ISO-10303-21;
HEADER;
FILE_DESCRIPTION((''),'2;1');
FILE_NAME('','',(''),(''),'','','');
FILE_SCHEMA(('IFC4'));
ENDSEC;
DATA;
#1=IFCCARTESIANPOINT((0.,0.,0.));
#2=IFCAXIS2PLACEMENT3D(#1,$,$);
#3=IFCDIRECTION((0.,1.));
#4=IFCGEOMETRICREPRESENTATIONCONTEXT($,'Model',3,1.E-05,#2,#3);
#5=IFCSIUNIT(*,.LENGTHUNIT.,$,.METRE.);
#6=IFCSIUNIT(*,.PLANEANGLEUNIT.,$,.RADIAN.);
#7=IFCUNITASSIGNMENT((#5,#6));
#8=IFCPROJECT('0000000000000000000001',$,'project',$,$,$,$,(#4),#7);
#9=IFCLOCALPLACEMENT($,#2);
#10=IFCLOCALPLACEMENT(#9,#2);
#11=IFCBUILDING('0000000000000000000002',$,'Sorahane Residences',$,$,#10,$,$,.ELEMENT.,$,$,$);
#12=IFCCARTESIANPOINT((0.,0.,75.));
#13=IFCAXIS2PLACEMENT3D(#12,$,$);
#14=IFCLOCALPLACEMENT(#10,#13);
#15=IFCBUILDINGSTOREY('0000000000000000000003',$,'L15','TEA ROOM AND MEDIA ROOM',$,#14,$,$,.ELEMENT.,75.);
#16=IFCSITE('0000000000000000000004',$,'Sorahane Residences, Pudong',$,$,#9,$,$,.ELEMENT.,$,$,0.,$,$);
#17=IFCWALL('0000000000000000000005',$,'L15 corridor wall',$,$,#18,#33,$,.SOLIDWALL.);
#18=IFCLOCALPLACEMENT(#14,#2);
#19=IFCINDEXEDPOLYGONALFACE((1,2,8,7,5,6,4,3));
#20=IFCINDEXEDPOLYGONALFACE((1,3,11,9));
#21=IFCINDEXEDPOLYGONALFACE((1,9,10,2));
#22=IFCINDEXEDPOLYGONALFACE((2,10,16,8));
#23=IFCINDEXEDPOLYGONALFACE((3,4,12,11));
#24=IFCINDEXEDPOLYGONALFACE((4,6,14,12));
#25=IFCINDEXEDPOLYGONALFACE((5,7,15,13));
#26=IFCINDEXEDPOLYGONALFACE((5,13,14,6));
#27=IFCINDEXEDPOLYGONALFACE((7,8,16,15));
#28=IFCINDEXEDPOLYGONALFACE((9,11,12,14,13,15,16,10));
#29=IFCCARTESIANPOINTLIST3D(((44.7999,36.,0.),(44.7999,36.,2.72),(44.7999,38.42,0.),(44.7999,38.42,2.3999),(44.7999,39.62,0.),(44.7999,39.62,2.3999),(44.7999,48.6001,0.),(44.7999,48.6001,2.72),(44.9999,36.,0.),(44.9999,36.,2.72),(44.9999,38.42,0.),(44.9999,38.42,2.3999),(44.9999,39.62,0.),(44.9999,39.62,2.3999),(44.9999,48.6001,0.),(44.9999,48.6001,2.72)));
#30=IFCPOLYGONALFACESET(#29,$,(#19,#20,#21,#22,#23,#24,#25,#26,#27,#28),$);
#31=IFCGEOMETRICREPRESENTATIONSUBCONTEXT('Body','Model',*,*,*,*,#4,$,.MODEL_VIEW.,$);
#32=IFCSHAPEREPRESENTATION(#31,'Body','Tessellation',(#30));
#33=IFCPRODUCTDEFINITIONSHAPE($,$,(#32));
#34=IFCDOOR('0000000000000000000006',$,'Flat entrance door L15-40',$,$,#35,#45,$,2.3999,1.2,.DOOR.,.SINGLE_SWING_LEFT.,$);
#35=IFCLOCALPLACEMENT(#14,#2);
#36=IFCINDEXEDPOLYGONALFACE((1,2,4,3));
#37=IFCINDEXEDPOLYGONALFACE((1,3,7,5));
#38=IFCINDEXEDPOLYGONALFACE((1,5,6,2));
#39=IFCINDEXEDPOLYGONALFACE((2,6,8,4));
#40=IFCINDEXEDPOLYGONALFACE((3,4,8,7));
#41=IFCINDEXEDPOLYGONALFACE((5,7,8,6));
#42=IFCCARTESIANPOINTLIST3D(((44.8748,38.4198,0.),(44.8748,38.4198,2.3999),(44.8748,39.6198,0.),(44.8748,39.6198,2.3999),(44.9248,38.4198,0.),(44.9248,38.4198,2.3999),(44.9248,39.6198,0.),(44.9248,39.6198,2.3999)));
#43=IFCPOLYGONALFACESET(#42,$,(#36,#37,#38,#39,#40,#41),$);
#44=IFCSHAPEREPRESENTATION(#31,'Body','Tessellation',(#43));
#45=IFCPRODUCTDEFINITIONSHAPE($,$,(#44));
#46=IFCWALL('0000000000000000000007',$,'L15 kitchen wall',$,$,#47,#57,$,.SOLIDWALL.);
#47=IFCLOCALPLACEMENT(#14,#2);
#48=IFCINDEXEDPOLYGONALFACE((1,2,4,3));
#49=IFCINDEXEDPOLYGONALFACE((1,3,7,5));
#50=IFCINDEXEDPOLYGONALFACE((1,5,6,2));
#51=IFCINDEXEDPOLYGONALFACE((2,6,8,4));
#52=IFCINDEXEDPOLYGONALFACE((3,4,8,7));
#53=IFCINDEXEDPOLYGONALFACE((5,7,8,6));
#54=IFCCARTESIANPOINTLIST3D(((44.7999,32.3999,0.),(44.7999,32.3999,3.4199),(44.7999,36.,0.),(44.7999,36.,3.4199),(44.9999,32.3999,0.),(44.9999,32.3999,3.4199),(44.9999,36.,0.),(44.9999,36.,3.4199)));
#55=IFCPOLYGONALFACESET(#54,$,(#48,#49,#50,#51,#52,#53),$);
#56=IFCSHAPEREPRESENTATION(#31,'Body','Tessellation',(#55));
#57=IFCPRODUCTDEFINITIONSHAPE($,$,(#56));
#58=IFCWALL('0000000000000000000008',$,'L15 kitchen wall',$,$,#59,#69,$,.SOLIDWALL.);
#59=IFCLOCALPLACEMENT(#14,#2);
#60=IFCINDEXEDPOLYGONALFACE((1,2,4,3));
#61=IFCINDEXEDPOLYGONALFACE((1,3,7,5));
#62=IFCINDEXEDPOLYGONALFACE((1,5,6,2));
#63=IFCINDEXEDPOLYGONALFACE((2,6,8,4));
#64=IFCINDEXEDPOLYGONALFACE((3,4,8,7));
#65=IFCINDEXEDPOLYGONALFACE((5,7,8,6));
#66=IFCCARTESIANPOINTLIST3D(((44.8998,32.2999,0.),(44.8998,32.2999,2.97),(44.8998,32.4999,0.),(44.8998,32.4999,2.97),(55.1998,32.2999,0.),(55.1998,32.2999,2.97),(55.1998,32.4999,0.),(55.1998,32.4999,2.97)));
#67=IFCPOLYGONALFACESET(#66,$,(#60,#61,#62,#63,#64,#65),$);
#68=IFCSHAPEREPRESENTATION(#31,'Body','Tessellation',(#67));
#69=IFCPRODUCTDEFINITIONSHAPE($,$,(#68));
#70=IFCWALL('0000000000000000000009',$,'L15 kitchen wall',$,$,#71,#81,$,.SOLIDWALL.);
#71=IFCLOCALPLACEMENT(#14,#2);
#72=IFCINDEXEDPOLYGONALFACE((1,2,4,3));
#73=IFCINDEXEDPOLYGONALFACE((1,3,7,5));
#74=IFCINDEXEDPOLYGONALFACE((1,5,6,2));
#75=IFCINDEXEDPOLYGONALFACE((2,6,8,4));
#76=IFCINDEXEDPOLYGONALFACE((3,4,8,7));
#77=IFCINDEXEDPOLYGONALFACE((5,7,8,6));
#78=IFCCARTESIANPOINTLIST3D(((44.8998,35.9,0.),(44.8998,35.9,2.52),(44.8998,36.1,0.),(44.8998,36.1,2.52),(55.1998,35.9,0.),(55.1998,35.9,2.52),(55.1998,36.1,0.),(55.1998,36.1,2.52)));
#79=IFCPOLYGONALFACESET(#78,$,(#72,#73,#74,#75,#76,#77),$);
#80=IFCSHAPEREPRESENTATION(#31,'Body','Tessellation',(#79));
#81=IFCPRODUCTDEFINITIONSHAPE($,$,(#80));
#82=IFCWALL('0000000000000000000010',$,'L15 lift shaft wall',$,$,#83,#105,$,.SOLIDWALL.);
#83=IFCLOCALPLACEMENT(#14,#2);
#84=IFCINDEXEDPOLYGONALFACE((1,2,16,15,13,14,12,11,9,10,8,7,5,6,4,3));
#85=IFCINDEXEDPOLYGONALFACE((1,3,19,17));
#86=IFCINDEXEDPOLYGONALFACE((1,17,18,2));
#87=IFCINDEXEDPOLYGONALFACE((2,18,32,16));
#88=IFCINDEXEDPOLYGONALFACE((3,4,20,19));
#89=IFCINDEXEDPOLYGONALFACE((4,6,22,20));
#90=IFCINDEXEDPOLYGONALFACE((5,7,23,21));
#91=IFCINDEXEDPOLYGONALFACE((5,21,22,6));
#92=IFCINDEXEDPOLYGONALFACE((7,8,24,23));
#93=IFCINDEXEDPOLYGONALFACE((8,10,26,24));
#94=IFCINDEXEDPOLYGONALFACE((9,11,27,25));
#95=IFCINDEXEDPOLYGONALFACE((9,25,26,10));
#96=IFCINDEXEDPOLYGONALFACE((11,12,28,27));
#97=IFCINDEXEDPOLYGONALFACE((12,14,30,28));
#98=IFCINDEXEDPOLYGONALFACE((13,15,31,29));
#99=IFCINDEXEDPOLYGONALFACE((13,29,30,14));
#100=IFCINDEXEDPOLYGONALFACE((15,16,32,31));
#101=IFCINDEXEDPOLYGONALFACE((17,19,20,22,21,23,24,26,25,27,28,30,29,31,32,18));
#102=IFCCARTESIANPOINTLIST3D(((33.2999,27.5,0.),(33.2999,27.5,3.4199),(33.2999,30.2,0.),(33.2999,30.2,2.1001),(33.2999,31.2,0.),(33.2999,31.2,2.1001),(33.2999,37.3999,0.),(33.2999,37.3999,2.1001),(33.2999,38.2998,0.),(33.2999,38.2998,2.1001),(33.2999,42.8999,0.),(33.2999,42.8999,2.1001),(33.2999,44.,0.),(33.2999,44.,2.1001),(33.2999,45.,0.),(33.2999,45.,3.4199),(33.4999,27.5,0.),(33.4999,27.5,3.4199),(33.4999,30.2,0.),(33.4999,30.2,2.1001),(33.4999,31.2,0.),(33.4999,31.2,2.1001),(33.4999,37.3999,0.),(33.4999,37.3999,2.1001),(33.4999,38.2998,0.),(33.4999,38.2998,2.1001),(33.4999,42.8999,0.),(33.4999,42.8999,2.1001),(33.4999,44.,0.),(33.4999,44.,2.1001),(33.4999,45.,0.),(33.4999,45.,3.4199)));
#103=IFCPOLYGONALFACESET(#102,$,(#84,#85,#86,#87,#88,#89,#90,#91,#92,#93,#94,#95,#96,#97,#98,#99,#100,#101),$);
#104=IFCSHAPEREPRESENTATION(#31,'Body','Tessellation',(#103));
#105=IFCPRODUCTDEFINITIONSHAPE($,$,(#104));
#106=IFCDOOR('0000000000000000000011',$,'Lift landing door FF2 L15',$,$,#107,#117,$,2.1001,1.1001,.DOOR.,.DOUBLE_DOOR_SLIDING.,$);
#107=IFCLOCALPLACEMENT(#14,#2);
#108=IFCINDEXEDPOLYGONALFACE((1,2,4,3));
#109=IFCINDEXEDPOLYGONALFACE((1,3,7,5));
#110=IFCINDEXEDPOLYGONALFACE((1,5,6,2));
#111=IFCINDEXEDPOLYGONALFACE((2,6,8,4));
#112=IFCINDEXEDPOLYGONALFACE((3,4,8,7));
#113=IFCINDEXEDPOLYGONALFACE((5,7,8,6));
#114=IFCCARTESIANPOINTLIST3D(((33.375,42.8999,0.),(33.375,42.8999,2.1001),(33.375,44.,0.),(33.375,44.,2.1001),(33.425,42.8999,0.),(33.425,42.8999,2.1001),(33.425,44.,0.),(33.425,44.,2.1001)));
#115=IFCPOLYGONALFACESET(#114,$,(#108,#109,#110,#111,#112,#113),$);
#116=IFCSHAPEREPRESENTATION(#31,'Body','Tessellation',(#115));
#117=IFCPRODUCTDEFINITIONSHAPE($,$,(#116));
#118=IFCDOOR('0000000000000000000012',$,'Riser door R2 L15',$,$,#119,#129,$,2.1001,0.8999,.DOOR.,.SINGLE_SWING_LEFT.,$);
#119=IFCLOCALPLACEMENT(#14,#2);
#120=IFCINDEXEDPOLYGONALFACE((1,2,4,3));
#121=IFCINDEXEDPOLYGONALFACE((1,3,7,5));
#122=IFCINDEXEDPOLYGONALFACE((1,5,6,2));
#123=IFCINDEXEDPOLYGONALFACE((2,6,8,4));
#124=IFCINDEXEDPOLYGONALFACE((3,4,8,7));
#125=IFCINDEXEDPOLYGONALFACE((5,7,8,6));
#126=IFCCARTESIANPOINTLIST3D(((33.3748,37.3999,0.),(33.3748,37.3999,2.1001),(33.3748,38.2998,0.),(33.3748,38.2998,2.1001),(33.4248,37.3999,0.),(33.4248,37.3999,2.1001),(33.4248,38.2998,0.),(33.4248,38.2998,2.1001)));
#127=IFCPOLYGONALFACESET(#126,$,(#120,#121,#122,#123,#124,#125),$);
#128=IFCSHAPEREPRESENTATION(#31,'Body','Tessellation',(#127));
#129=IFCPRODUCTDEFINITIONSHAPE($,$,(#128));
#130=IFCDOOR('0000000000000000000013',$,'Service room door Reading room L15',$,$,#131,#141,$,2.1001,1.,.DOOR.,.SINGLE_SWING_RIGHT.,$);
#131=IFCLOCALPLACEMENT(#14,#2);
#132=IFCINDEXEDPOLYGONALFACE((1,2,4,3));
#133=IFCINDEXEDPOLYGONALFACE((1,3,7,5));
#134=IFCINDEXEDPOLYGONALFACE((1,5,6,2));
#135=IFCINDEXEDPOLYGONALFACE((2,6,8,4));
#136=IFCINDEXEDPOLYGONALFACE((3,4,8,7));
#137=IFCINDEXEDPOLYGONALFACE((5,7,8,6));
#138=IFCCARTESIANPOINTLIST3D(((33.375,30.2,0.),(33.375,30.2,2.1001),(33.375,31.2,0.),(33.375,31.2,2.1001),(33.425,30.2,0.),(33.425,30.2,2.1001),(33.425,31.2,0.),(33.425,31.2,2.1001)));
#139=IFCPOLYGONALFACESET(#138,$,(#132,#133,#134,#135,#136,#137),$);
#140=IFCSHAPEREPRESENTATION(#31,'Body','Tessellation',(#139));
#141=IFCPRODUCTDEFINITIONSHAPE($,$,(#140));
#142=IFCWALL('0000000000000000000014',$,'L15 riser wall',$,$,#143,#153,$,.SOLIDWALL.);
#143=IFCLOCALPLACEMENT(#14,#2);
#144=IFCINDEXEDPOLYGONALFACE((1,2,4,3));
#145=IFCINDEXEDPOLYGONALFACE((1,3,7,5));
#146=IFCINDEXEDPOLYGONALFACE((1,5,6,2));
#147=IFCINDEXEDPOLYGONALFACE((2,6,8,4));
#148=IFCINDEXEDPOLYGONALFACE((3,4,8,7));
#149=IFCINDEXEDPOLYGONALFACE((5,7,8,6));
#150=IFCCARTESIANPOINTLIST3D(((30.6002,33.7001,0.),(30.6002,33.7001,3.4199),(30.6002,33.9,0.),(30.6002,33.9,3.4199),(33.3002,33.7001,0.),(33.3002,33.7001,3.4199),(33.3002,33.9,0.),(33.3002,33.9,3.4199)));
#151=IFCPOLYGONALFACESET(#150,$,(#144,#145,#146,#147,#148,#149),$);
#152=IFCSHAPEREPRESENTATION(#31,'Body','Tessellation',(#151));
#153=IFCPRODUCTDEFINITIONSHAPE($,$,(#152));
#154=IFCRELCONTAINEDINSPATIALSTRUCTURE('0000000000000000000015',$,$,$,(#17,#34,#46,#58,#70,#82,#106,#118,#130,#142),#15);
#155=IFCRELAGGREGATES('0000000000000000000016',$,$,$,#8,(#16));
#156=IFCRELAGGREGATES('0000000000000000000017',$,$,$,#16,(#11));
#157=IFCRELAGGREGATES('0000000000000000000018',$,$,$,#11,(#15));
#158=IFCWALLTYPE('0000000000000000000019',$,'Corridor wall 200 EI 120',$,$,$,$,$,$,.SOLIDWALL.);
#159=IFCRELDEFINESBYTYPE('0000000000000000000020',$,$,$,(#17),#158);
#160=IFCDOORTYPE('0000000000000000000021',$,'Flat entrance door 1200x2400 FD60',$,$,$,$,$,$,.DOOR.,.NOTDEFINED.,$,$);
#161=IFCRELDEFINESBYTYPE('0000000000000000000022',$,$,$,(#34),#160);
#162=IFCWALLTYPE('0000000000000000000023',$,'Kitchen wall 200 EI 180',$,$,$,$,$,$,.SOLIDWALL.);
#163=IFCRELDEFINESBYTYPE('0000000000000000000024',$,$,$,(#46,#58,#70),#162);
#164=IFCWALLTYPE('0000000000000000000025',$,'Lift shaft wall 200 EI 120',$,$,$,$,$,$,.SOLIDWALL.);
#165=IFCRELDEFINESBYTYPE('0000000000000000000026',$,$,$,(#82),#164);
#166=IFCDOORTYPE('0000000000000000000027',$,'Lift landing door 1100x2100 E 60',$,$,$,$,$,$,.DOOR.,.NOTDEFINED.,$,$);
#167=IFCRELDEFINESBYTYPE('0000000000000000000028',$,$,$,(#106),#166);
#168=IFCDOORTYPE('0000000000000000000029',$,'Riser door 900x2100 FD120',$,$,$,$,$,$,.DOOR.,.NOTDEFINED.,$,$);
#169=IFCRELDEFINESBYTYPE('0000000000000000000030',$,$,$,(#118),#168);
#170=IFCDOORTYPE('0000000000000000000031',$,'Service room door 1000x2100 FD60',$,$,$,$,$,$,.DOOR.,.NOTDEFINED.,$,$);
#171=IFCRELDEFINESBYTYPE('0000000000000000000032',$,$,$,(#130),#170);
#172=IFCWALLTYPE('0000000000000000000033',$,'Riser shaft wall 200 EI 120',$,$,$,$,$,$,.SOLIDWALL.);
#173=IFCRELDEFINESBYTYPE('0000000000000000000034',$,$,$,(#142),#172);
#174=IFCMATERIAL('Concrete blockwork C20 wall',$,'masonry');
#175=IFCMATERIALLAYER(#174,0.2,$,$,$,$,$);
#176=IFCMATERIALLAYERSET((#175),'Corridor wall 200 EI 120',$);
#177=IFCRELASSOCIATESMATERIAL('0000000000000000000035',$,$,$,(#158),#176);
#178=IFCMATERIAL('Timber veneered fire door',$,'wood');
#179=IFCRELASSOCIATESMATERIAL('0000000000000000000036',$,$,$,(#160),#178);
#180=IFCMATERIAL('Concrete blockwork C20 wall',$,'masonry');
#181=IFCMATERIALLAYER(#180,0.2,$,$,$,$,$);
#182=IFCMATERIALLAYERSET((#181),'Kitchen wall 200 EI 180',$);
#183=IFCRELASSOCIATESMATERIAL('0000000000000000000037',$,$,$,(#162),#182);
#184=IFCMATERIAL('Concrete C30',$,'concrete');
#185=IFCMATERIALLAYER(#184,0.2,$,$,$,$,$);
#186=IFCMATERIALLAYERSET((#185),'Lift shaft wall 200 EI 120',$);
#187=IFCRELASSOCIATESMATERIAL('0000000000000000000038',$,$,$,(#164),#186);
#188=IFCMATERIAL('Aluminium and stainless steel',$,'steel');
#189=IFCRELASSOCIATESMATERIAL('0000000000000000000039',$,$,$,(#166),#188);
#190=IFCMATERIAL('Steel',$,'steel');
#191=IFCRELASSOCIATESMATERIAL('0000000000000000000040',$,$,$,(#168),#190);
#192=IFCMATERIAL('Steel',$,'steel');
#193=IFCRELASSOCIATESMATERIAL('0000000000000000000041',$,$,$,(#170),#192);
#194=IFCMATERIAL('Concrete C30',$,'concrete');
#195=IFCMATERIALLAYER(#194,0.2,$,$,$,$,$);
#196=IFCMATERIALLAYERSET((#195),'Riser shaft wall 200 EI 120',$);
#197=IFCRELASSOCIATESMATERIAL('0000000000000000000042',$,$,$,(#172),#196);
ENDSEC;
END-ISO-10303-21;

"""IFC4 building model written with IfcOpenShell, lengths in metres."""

from ifc_helpers import new_model, si_unit, direction, frame, frame_2d, origin, place, context, subcontext, project, spatial, rectangle, extrude, material, layer, layer_set, type_object, element, fill, save


model = new_model("IFC4")

# Units and contexts
model_context = context("Model", 3, precision=1e-05, world=origin(), true_north=direction((0.0, 1.0)))
body_context = subcontext(model_context, "Body", "Model", "MODEL_VIEW")
ifc_project = project(units=[si_unit("LENGTHUNIT", "METRE"), si_unit("PLANEANGLEUNIT", "RADIAN")], contexts=[model_context])

# Site, building, storey
site_placement = place(None, origin())
site = spatial("IfcSite", under=ifc_project, at=site_placement, Name="Sorahane Residences, Pudong", CompositionType="ELEMENT", RefElevation=0.0)
building_placement = place(site_placement, origin())
building = spatial("IfcBuilding", under=site, at=building_placement, Name="Sorahane Residences", CompositionType="ELEMENT")
storey_placement = place(building_placement, frame((0.0, 0.0, 75.0)))
storey = spatial("IfcBuildingStorey", under=building, at=storey_placement, Name="L15", Description="TEA ROOM AND MEDIA ROOM", CompositionType="ELEMENT", Elevation=75.0)

# Wall, opening, door
ifc_material_1 = material(Name="Concrete blockwork C20 wall", Category="masonry")
ifc_layer_1 = layer(ifc_material_1, 0.2)
ifc_layer_set_1 = layer_set([ifc_layer_1], Name="Corridor wall 200 EI 120")
wall_type_1 = type_object("IfcWallType", Name="Corridor wall 200 EI 120", PredefinedType="SOLIDWALL", material=ifc_layer_set_1)
wall_1_placement = place(storey_placement, frame((44.8999, 36.0, 0.0), z_axis=(0.0, 0.0, 1.0), x_axis=(0.0, 1.0, 0.0)))
wall_1 = element("IfcWall", 1, at=wall_1_placement, inside=storey, type_object=wall_type_1, Name="L15 corridor wall", PredefinedType="SOLIDWALL", context=body_context, shape_type="SweptSolid", body=[
    extrude(rectangle(XDim=12.6001, YDim=0.2, at=frame_2d((6.3, 0.0))), origin(), (0.0, 0.0, 1.0), 2.72),
])
opening_1_placement = place(wall_1_placement, frame((2.4199, 0.0, 0.0)))
opening_1 = element("IfcOpeningElement", 2, at=opening_1_placement, cuts=wall_1, PredefinedType="OPENING", context=body_context, shape_type="SweptSolid", body=[
    extrude(rectangle(XDim=1.2, YDim=2.3999, at=frame_2d((0.6001, 1.2))), frame((0.0, 0.1099, 0.0), z_axis=(0.0, -1.0, 0.0), x_axis=(1.0, 0.0, 0.0)), (0.0, 0.0, 1.0), 0.22),
])
ifc_material_2 = material(Name="Timber veneered fire door", Category="wood")
door_type_1 = type_object("IfcDoorType", Name="Flat entrance door 1200x2400 FD60", OperationType="NOTDEFINED", PredefinedType="DOOR", material=ifc_material_2)
door_1_placement = place(opening_1_placement, frame((1.2, 0.0, 0.0), z_axis=(0.0, 0.0, 1.0), x_axis=(-1.0, 0.0, 0.0)))
door_1 = element("IfcDoor", 3, at=door_1_placement, inside=storey, type_object=door_type_1, Name="Flat entrance door L15-40", OperationType="SINGLE_SWING_LEFT", OverallHeight=2.3999, OverallWidth=1.2, PredefinedType="DOOR", context=body_context, shape_type="SweptSolid", body=[
    extrude(rectangle(XDim=1.2, YDim=2.3999, at=frame_2d((0.6001, 1.2))), frame((0.0, 0.0249, 0.0), z_axis=(0.0, -1.0, 0.0), x_axis=(1.0, 0.0, 0.0)), (0.0, 0.0, 1.0), 0.05),
])
fill(opening_1, door_1)

# Walls
ifc_material_3 = material(Name="Concrete blockwork C20 wall", Category="masonry")
ifc_layer_2 = layer(ifc_material_3, 0.2)
ifc_layer_set_2 = layer_set([ifc_layer_2], Name="Kitchen wall 200 EI 180")
wall_type_2 = type_object("IfcWallType", Name="Kitchen wall 200 EI 180", PredefinedType="SOLIDWALL", material=ifc_layer_set_2)
wall_2_placement = place(storey_placement, frame((44.8999, 32.3999, 0.0), z_axis=(0.0, 0.0, 1.0), x_axis=(0.0, 1.0, 0.0)))
element("IfcWall", 4, at=wall_2_placement, inside=storey, type_object=wall_type_2, Name="L15 kitchen wall", PredefinedType="SOLIDWALL", context=body_context, shape_type="SweptSolid", body=[
    extrude(rectangle(XDim=3.6001, YDim=0.2, at=frame_2d((1.8, 0.0))), origin(), (0.0, 0.0, 1.0), 3.4199),
])
wall_3_placement = place(storey_placement, frame((44.8999, 32.3999, 0.0), z_axis=(0.0, 0.0, 1.0), x_axis=(1.0, 0.0, 0.0)))
element("IfcWall", 5, at=wall_3_placement, inside=storey, type_object=wall_type_2, Name="L15 kitchen wall", PredefinedType="SOLIDWALL", context=body_context, shape_type="SweptSolid", body=[
    extrude(rectangle(XDim=10.3, YDim=0.2, at=frame_2d((5.1499, 0.0))), origin(), (0.0, 0.0, 1.0), 2.97),
])
wall_4_placement = place(storey_placement, frame((44.8999, 36.0, 0.0), z_axis=(0.0, 0.0, 1.0), x_axis=(1.0, 0.0, 0.0)))
element("IfcWall", 6, at=wall_4_placement, inside=storey, type_object=wall_type_2, Name="L15 kitchen wall", PredefinedType="SOLIDWALL", context=body_context, shape_type="SweptSolid", body=[
    extrude(rectangle(XDim=10.3, YDim=0.2, at=frame_2d((5.1499, 0.0))), origin(), (0.0, 0.0, 1.0), 2.52),
])

# Wall, openings, doors
ifc_material_4 = material(Name="Concrete C30", Category="concrete")
ifc_layer_3 = layer(ifc_material_4, 0.2)
ifc_layer_set_3 = layer_set([ifc_layer_3], Name="Lift shaft wall 200 EI 120")
wall_type_3 = type_object("IfcWallType", Name="Lift shaft wall 200 EI 120", PredefinedType="SOLIDWALL", material=ifc_layer_set_3)
wall_5_placement = place(storey_placement, frame((33.3999, 27.5, 0.0), z_axis=(0.0, 0.0, 1.0), x_axis=(0.0, 1.0, 0.0)))
wall_5 = element("IfcWall", 7, at=wall_5_placement, inside=storey, type_object=wall_type_3, Name="L15 lift shaft wall", PredefinedType="SOLIDWALL", context=body_context, shape_type="SweptSolid", body=[
    extrude(rectangle(XDim=17.5, YDim=0.2, at=frame_2d((8.75, 0.0))), origin(), (0.0, 0.0, 1.0), 3.4199),
])
opening_2_placement = place(wall_5_placement, frame((15.3999, 0.0, 0.0)))
opening_2 = element("IfcOpeningElement", 8, at=opening_2_placement, cuts=wall_5, PredefinedType="OPENING", context=body_context, shape_type="SweptSolid", body=[
    extrude(rectangle(XDim=1.1001, YDim=2.1001, at=frame_2d((0.55, 1.05))), frame((0.0, 0.1099, 0.0), z_axis=(0.0, -1.0, 0.0), x_axis=(1.0, 0.0, 0.0)), (0.0, 0.0, 1.0), 0.22),
])
opening_3_placement = place(wall_5_placement, frame((2.7, 0.0, 0.0)))
opening_3 = element("IfcOpeningElement", 9, at=opening_3_placement, cuts=wall_5, PredefinedType="OPENING", context=body_context, shape_type="SweptSolid", body=[
    extrude(rectangle(XDim=1.0, YDim=2.1001, at=frame_2d((0.5, 1.05))), frame((0.0, 0.1099, 0.0), z_axis=(0.0, -1.0, 0.0), x_axis=(1.0, 0.0, 0.0)), (0.0, 0.0, 1.0), 0.22),
])
opening_4_placement = place(wall_5_placement, frame((9.8999, 0.0, 0.0)))
opening_4 = element("IfcOpeningElement", 10, at=opening_4_placement, cuts=wall_5, PredefinedType="OPENING", context=body_context, shape_type="SweptSolid", body=[
    extrude(rectangle(XDim=0.8999, YDim=2.1001, at=frame_2d((0.45, 1.05))), frame((0.0, 0.1099, 0.0), z_axis=(0.0, -1.0, 0.0), x_axis=(1.0, 0.0, 0.0)), (0.0, 0.0, 1.0), 0.22),
])
ifc_material_5 = material(Name="Aluminium and stainless steel", Category="steel")
door_type_2 = type_object("IfcDoorType", Name="Lift landing door 1100x2100 E 60", OperationType="NOTDEFINED", PredefinedType="DOOR", material=ifc_material_5)
door_2_placement = place(opening_2_placement, origin())
door_2 = element("IfcDoor", 11, at=door_2_placement, inside=storey, type_object=door_type_2, Name="Lift landing door FF2 L15", OperationType="DOUBLE_DOOR_SLIDING", OverallHeight=2.1001, OverallWidth=1.1001, PredefinedType="DOOR", context=body_context, shape_type="SweptSolid", body=[
    extrude(rectangle(XDim=1.1001, YDim=2.1001, at=frame_2d((0.55, 1.05))), frame((0.0, 0.0249, 0.0), z_axis=(0.0, -1.0, 0.0), x_axis=(1.0, 0.0, 0.0)), (0.0, 0.0, 1.0), 0.05),
])
fill(opening_2, door_2)
ifc_material_6 = material(Name="Steel", Category="steel")
door_type_3 = type_object("IfcDoorType", Name="Riser door 900x2100 FD120", OperationType="NOTDEFINED", PredefinedType="DOOR", material=ifc_material_6)
door_3_placement = place(opening_4_placement, frame((0.8999, 0.0, 0.0), z_axis=(0.0, 0.0, 1.0), x_axis=(-1.0, 0.0, 0.0)))
door_3 = element("IfcDoor", 12, at=door_3_placement, inside=storey, type_object=door_type_3, Name="Riser door R2 L15", OperationType="SINGLE_SWING_LEFT", OverallHeight=2.1001, OverallWidth=0.8999, PredefinedType="DOOR", context=body_context, shape_type="SweptSolid", body=[
    extrude(rectangle(XDim=0.8999, YDim=2.1001, at=frame_2d((0.45, 1.05))), frame((0.0, 0.0249, 0.0), z_axis=(0.0, -1.0, 0.0), x_axis=(1.0, 0.0, 0.0)), (0.0, 0.0, 1.0), 0.05),
])
fill(opening_4, door_3)
ifc_material_7 = material(Name="Steel", Category="steel")
door_type_4 = type_object("IfcDoorType", Name="Service room door 1000x2100 FD60", OperationType="NOTDEFINED", PredefinedType="DOOR", material=ifc_material_7)
door_4_placement = place(opening_3_placement, origin())
door_4 = element("IfcDoor", 13, at=door_4_placement, inside=storey, type_object=door_type_4, Name="Service room door Reading room L15", OperationType="SINGLE_SWING_RIGHT", OverallHeight=2.1001, OverallWidth=1.0, PredefinedType="DOOR", context=body_context, shape_type="SweptSolid", body=[
    extrude(rectangle(XDim=1.0, YDim=2.1001, at=frame_2d((0.5, 1.05))), frame((0.0, 0.0249, 0.0), z_axis=(0.0, -1.0, 0.0), x_axis=(1.0, 0.0, 0.0)), (0.0, 0.0, 1.0), 0.05),
])
fill(opening_3, door_4)

# Wall
ifc_material_8 = material(Name="Concrete C30", Category="concrete")
ifc_layer_4 = layer(ifc_material_8, 0.2)
ifc_layer_set_4 = layer_set([ifc_layer_4], Name="Riser shaft wall 200 EI 120")
wall_type_4 = type_object("IfcWallType", Name="Riser shaft wall 200 EI 120", PredefinedType="SOLIDWALL", material=ifc_layer_set_4)
wall_6_placement = place(storey_placement, frame((30.6001, 33.8, 0.0), z_axis=(0.0, 0.0, 1.0), x_axis=(1.0, 0.0, 0.0)))
element("IfcWall", 14, at=wall_6_placement, inside=storey, type_object=wall_type_4, Name="L15 riser wall", PredefinedType="SOLIDWALL", context=body_context, shape_type="SweptSolid", body=[
    extrude(rectangle(XDim=2.7, YDim=0.2, at=frame_2d((1.3501, 0.0))), origin(), (0.0, 0.0, 1.0), 3.4199),
])

save(model, "model.ifc")
